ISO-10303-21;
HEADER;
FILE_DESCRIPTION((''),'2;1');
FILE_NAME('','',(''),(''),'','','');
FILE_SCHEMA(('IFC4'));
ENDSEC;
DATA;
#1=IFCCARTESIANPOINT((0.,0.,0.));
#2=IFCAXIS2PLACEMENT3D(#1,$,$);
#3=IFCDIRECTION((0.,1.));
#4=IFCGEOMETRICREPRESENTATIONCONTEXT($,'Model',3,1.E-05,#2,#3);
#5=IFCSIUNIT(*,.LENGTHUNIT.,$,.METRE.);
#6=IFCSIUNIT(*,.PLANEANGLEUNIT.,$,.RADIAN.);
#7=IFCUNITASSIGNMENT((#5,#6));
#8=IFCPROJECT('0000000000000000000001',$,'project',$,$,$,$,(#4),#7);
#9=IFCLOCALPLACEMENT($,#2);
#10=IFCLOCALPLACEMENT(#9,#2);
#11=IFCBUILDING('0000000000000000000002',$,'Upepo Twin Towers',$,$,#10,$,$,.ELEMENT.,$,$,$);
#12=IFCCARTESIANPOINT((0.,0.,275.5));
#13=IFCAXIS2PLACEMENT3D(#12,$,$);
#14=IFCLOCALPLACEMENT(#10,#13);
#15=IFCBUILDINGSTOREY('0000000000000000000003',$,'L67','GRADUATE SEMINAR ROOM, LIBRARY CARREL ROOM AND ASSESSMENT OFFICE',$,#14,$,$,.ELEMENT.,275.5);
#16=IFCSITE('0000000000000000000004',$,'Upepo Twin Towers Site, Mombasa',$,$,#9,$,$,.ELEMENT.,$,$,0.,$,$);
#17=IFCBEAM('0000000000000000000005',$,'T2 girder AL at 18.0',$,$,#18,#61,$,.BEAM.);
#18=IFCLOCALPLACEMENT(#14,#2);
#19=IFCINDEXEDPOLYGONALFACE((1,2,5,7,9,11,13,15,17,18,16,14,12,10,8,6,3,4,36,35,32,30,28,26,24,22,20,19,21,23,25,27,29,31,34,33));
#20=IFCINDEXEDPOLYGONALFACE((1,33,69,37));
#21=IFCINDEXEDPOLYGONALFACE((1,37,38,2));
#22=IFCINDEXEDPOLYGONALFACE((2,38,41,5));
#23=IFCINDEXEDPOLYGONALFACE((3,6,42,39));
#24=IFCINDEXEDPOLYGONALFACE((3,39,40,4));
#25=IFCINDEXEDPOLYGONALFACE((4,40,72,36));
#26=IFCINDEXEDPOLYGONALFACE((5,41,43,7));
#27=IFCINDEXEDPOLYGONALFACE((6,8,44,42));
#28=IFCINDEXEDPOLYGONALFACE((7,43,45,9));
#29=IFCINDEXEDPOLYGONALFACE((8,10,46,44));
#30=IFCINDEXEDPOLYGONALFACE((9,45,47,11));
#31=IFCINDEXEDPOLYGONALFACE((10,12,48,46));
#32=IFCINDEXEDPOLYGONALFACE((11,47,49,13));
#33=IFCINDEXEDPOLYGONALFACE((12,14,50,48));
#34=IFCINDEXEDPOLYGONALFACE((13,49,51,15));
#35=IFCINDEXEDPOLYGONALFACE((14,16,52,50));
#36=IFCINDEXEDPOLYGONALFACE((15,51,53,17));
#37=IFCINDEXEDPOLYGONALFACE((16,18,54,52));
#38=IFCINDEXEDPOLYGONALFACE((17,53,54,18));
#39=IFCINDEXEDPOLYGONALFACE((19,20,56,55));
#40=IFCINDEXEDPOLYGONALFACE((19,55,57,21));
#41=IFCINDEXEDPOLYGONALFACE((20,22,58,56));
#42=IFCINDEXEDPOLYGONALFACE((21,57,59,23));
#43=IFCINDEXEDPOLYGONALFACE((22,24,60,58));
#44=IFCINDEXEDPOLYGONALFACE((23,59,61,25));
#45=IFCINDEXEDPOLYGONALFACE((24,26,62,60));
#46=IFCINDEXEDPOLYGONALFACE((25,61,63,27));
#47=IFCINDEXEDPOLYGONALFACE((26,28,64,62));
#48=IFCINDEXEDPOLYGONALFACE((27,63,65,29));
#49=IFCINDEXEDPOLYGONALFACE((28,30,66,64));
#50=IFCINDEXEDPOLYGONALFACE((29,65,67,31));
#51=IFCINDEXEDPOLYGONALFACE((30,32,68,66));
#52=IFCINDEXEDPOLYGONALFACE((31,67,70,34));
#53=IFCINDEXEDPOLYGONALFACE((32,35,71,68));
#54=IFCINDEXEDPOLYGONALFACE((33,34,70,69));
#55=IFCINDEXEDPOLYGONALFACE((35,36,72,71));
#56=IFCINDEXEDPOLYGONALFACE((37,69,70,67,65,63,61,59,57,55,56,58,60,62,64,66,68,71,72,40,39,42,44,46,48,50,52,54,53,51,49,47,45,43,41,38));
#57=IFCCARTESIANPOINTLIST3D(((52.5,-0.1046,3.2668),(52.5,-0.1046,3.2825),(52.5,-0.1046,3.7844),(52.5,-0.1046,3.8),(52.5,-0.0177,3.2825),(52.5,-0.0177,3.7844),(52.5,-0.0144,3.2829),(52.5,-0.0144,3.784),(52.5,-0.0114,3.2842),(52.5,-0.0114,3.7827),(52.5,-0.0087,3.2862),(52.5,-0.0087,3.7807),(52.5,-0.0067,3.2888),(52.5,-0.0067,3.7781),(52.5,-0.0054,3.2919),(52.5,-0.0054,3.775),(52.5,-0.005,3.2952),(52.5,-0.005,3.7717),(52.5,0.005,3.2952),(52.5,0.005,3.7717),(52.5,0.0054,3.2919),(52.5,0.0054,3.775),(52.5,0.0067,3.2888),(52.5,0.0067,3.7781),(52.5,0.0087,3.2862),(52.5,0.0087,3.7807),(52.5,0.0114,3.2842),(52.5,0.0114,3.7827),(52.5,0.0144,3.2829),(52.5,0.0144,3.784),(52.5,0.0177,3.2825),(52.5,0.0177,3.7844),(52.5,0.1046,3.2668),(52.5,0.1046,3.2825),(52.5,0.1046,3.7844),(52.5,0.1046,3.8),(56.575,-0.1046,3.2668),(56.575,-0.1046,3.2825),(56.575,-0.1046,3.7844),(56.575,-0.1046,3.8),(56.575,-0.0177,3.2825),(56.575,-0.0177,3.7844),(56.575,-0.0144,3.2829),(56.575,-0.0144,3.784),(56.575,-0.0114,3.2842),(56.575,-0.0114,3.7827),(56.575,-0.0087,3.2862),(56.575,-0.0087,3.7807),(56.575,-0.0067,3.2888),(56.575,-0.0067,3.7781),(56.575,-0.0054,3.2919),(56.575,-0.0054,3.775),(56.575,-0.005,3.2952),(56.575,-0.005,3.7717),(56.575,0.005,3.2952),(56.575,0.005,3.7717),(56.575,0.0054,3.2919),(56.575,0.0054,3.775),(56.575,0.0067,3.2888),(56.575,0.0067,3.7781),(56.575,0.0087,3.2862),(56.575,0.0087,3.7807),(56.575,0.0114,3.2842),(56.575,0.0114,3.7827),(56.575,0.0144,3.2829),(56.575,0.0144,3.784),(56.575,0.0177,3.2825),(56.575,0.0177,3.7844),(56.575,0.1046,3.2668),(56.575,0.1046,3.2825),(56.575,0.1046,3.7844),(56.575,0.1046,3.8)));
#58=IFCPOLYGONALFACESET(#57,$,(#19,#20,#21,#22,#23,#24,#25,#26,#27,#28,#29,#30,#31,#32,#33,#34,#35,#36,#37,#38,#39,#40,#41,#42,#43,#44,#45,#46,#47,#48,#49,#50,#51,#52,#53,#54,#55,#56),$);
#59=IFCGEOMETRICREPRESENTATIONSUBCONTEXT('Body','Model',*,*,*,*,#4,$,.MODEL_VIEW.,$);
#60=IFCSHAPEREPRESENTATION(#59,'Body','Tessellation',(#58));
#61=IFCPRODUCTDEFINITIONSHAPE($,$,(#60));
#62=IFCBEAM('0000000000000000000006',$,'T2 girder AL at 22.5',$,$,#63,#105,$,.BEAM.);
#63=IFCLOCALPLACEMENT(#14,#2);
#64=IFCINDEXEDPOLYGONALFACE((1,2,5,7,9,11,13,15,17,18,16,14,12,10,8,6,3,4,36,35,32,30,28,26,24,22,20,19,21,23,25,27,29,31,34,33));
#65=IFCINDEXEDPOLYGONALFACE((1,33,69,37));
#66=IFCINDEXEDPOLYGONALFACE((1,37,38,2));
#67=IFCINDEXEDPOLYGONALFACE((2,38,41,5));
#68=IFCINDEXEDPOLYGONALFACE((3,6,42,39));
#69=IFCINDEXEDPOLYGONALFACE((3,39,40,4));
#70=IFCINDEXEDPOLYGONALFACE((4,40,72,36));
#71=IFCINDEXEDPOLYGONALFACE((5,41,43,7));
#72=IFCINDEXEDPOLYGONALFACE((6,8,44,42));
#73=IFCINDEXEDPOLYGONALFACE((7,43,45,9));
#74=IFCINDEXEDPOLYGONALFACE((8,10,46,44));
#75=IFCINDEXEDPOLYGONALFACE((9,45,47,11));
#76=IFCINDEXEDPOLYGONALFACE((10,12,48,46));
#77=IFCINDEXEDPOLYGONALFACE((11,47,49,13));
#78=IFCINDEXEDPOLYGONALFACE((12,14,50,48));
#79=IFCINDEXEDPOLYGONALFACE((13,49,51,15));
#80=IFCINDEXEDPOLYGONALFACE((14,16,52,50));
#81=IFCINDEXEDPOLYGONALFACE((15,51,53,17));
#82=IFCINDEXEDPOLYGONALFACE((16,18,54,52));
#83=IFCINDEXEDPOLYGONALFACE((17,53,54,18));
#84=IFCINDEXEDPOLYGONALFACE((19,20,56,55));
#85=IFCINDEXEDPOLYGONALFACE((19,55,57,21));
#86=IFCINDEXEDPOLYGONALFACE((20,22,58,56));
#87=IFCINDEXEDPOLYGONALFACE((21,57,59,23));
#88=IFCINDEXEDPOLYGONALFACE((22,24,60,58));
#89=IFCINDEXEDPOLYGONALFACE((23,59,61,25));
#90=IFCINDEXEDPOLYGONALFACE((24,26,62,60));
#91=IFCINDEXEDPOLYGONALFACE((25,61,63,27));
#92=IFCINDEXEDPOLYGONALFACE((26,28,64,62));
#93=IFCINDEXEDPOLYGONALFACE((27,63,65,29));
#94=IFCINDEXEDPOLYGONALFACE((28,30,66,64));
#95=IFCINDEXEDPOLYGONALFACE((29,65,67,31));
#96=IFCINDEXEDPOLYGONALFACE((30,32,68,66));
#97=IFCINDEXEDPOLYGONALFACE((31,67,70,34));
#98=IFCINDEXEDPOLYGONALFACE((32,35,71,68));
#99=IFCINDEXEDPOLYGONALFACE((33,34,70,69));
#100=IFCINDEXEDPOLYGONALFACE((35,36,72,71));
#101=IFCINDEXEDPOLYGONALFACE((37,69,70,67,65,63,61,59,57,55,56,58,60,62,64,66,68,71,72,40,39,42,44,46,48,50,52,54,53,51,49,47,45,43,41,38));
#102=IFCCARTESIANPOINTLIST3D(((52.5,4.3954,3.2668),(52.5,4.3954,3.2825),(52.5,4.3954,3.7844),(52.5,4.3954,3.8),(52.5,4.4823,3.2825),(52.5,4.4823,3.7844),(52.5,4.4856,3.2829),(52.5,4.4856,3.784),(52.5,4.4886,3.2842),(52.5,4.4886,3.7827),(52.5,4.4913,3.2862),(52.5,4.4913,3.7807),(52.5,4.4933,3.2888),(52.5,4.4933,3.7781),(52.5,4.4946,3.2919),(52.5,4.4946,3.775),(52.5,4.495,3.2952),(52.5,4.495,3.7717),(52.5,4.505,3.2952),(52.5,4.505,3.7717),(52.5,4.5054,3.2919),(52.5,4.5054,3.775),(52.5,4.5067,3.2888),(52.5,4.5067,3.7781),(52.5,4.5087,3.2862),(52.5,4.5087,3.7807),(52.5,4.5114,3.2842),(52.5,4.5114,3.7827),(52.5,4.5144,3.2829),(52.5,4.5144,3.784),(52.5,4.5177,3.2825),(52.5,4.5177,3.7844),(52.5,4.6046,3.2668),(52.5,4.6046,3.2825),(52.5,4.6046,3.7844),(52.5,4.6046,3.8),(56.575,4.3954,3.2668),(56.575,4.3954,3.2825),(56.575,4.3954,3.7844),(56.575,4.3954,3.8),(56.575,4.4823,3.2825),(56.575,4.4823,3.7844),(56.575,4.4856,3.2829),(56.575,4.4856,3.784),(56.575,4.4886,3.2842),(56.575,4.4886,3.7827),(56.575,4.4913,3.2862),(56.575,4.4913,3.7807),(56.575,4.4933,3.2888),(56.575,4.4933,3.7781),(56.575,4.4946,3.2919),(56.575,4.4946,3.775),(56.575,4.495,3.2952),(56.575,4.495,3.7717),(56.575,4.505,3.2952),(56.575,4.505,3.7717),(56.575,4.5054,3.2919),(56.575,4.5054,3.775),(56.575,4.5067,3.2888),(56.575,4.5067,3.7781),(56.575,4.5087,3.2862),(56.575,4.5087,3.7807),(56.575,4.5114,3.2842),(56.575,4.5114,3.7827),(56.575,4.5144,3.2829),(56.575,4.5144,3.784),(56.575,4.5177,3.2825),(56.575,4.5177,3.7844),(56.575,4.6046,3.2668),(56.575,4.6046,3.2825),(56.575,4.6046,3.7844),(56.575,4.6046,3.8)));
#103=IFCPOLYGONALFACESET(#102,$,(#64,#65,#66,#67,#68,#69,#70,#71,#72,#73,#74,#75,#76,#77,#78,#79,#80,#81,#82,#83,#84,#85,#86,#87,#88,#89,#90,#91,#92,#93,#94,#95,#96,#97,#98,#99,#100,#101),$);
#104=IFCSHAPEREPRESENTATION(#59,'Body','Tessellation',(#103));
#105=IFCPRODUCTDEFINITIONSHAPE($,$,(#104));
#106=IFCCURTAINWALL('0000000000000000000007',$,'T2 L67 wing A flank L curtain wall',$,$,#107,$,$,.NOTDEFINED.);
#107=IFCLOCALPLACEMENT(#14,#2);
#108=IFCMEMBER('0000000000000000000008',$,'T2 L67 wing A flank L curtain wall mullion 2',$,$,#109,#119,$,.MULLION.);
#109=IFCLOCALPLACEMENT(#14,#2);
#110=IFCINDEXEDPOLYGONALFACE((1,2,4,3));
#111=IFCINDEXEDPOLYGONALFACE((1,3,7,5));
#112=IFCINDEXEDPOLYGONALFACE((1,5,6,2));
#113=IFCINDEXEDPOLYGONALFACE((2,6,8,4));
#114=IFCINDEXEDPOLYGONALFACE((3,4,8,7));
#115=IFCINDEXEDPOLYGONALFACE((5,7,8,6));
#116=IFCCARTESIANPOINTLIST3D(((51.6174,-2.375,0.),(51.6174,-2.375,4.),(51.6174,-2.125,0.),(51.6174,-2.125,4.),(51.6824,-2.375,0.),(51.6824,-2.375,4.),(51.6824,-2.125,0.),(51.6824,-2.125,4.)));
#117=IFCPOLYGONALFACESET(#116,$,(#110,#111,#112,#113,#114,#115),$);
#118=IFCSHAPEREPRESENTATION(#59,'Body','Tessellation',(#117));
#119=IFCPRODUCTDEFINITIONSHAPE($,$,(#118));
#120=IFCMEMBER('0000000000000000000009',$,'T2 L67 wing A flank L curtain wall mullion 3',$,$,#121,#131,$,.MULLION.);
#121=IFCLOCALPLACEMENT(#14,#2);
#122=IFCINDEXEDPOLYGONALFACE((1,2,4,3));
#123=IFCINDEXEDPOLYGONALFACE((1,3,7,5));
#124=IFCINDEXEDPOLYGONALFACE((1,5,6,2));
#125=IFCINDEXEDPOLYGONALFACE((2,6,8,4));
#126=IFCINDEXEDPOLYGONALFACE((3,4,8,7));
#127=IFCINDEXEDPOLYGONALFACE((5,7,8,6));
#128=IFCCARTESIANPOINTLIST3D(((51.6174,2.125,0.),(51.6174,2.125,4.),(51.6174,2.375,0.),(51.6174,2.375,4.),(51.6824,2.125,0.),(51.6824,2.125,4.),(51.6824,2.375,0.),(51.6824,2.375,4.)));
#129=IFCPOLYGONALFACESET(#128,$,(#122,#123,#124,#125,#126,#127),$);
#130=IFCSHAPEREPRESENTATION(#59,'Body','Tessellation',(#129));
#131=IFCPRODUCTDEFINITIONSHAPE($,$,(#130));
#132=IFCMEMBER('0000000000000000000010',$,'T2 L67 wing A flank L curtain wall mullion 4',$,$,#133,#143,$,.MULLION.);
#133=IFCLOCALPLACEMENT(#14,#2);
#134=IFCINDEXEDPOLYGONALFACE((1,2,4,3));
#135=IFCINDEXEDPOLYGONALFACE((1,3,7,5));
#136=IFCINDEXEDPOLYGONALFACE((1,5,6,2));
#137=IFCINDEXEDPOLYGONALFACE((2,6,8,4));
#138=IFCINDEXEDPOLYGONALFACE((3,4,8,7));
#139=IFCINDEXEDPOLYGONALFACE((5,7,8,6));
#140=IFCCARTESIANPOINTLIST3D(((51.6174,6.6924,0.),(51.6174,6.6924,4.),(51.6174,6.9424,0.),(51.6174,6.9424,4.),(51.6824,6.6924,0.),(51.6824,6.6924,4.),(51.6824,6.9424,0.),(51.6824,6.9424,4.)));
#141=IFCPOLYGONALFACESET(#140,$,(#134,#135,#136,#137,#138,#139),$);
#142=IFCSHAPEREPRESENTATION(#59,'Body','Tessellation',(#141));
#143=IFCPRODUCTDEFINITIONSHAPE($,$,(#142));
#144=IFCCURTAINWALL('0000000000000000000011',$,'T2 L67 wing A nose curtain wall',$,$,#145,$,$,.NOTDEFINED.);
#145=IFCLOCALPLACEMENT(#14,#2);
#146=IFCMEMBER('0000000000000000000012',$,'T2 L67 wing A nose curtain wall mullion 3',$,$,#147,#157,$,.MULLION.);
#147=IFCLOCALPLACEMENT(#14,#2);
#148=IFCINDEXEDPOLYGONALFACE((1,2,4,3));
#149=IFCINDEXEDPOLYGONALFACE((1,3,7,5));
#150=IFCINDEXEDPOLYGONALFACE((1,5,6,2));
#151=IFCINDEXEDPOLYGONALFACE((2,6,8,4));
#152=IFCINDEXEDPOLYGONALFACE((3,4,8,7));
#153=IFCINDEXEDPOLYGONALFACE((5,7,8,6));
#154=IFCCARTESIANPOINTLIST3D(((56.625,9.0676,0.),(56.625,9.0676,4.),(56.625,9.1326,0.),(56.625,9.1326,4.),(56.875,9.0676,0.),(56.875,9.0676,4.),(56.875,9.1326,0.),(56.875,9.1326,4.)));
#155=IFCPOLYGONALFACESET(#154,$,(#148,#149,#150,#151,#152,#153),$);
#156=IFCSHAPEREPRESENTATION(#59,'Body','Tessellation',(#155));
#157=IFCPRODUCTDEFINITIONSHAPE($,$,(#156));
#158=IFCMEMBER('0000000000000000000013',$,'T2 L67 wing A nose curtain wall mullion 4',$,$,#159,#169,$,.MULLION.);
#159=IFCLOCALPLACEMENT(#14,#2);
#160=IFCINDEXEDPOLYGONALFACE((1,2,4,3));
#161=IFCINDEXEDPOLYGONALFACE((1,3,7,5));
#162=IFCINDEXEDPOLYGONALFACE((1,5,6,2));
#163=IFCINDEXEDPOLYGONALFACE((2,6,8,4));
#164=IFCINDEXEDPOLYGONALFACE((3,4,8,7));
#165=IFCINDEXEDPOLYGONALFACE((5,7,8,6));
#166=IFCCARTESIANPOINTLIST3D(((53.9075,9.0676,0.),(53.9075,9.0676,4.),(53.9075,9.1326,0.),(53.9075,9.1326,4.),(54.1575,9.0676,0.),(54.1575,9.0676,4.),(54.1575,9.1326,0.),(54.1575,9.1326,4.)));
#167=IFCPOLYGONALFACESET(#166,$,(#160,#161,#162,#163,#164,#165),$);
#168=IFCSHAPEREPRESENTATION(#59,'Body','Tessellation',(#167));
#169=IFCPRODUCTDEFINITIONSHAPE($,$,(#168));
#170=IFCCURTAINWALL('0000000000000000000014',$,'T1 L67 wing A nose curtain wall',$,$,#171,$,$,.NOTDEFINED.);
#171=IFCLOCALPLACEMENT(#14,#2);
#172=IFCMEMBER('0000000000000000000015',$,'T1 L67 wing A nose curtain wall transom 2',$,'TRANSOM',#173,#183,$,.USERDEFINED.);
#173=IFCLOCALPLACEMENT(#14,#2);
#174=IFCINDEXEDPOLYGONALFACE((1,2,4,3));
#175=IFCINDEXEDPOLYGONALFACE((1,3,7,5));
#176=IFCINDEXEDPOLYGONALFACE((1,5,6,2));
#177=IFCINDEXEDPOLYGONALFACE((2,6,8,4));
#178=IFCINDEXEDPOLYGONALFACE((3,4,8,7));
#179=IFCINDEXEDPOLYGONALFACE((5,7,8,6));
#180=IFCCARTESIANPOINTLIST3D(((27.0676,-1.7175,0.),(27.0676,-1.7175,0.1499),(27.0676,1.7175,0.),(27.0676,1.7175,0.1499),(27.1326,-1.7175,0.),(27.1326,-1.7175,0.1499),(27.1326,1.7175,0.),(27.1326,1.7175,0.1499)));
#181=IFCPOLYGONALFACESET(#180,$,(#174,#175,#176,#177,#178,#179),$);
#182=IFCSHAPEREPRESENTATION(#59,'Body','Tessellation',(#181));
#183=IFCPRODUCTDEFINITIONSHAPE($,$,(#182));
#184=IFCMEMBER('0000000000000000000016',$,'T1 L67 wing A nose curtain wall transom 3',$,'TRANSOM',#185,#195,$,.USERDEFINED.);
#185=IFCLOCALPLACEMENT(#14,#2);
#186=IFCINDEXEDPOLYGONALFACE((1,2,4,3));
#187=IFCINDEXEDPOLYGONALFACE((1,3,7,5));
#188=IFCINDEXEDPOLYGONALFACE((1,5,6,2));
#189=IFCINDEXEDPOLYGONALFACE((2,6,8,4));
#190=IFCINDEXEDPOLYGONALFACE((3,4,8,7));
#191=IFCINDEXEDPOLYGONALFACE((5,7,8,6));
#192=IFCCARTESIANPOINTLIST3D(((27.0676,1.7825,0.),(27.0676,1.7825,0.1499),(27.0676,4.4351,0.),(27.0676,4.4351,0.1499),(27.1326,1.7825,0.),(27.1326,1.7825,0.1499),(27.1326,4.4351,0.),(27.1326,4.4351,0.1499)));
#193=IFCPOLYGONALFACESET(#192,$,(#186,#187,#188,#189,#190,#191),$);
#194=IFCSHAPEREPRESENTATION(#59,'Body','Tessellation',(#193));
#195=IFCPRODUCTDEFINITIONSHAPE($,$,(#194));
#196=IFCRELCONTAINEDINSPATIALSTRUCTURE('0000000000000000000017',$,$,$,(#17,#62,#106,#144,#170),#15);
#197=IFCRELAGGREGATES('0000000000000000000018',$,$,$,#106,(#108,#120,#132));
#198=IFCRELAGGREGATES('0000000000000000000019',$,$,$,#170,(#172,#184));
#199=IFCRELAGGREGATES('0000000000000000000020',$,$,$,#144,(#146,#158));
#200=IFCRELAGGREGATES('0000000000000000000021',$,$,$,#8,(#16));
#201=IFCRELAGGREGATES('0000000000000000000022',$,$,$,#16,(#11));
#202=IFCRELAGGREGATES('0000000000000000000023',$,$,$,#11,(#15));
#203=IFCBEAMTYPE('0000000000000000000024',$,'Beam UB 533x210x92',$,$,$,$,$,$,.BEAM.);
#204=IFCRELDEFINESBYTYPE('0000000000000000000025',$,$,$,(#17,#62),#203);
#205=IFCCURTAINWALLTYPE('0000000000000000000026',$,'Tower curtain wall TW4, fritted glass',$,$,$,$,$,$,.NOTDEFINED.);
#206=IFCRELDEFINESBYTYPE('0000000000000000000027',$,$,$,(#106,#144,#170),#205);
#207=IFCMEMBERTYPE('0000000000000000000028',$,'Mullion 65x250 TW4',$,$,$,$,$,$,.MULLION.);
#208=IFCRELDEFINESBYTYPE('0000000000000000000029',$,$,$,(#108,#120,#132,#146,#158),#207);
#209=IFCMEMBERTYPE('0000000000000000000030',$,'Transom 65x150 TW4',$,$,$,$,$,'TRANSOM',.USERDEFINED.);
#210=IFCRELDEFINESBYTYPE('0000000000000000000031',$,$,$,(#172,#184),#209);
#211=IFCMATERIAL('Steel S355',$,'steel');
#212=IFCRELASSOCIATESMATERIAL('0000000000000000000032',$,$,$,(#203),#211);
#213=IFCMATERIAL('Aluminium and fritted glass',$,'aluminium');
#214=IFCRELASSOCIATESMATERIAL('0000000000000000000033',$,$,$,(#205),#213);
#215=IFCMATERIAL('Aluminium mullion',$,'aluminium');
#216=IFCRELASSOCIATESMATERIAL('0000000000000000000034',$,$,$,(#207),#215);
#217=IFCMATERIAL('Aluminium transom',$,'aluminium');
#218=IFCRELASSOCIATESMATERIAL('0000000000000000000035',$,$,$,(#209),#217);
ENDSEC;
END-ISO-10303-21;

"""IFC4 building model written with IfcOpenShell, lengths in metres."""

from ifc_helpers import new_model, si_unit, direction, frame, origin, origin_2d, place, context, subcontext, project, spatial, rectangle, i_section, extrude, material, material_profile, profile_set, type_object, element, aggregate, save


model = new_model("IFC4")

# Units and contexts
model_context = context("Model", 3, precision=1e-05, world=origin(), true_north=direction((0.0, 1.0)))
body_context = subcontext(model_context, "Body", "Model", "MODEL_VIEW")
ifc_project = project(units=[si_unit("LENGTHUNIT", "METRE"), si_unit("PLANEANGLEUNIT", "RADIAN")], contexts=[model_context])

# Site, building, storey
site_placement = place(None, origin())
site = spatial("IfcSite", under=ifc_project, at=site_placement, Name="Upepo Twin Towers Site, Mombasa", CompositionType="ELEMENT", RefElevation=0.0)
building_placement = place(site_placement, origin())
building = spatial("IfcBuilding", under=site, at=building_placement, Name="Upepo Twin Towers", CompositionType="ELEMENT")
storey_placement = place(building_placement, frame((0.0, 0.0, 275.5)))
storey = spatial("IfcBuildingStorey", under=building, at=storey_placement, Name="L67", Description="GRADUATE SEMINAR ROOM, LIBRARY CARREL ROOM AND ASSESSMENT OFFICE", CompositionType="ELEMENT", Elevation=275.5)

# Beams
ifc_material_1 = material(Name="Steel S355", Category="steel")
ifc_material_profile_1 = material_profile(ifc_material_1, i_section(OverallWidth=0.2092, OverallDepth=0.5332, WebThickness=0.01, FlangeThickness=0.0156, FilletRadius=0.0127, at=origin_2d()), Name="UB 533x210x92")
ifc_profile_set_1 = profile_set([ifc_material_profile_1], Name="Steel S355")
beam_type_1 = type_object("IfcBeamType", Name="Beam UB 533x210x92", PredefinedType="BEAM", material=ifc_profile_set_1)
for number, where, z_axis, x_axis, name in (
    (1, (52.5, 0.0, 3.5334), (1.0, 0.0, 0.0), (0.0, 1.0, 0.0), "T2 girder AL at 18.0"),
    (2, (52.5, 4.5, 3.5334), (1.0, 0.0, 0.0), (0.0, 1.0, 0.0), "T2 girder AL at 22.5"),
):
    element("IfcBeam", number, at=place(storey_placement, frame(where, z_axis=z_axis, x_axis=x_axis)), inside=storey, type_object=beam_type_1, Name=name, PredefinedType="BEAM", context=body_context, shape_type="SweptSolid", body=[
        extrude(i_section(OverallWidth=0.2092, OverallDepth=0.5332, WebThickness=0.01, FlangeThickness=0.0156, FilletRadius=0.0127, at=origin_2d()), origin(), (0.0, 0.0, 1.0), 4.075),
    ])

# Curtain walls, members
ifc_material_2 = material(Name="Aluminium and fritted glass", Category="aluminium")
curtain_wall_type = type_object("IfcCurtainWallType", Name="Tower curtain wall TW4, fritted glass", PredefinedType="NOTDEFINED", material=ifc_material_2)
curtain_wall_1_placement = place(storey_placement, origin())
curtain_wall_1 = element("IfcCurtainWall", 3, at=curtain_wall_1_placement, inside=storey, type_object=curtain_wall_type, Name="T2 L67 wing A flank L curtain wall", PredefinedType="NOTDEFINED")
ifc_material_3 = material(Name="Aluminium mullion", Category="aluminium")
ifc_material_profile_2 = material_profile(ifc_material_3, rectangle(XDim=0.0649, YDim=0.25, at=origin_2d()), Name="MULLION 65x250")
ifc_profile_set_2 = profile_set([ifc_material_profile_2], Name="Aluminium mullion")
member_type_1 = type_object("IfcMemberType", Name="Mullion 65x250 TW4", PredefinedType="MULLION", material=ifc_profile_set_2)
member_1_placement = place(storey_placement, frame((51.6499, -2.25, 0.0), z_axis=(0.0, 0.0, 1.0), x_axis=(-1.0, 0.0, 0.0)))
member_1 = element("IfcMember", 4, at=member_1_placement, type_object=member_type_1, Name="T2 L67 wing A flank L curtain wall mullion 2", PredefinedType="MULLION", context=body_context, shape_type="SweptSolid", body=[
    extrude(rectangle(XDim=0.0649, YDim=0.25, at=origin_2d()), origin(), (0.0, 0.0, 1.0), 4.0),
])
member_2_placement = place(storey_placement, frame((51.6499, 2.25, 0.0), z_axis=(0.0, 0.0, 1.0), x_axis=(-1.0, 0.0, 0.0)))
member_2 = element("IfcMember", 5, at=member_2_placement, type_object=member_type_1, Name="T2 L67 wing A flank L curtain wall mullion 3", PredefinedType="MULLION", context=body_context, shape_type="SweptSolid", body=[
    extrude(rectangle(XDim=0.0649, YDim=0.25, at=origin_2d()), origin(), (0.0, 0.0, 1.0), 4.0),
])
member_3_placement = place(storey_placement, frame((51.6499, 6.8174, 0.0), z_axis=(0.0, 0.0, 1.0), x_axis=(-1.0, 0.0, 0.0)))
member_3 = element("IfcMember", 6, at=member_3_placement, type_object=member_type_1, Name="T2 L67 wing A flank L curtain wall mullion 4", PredefinedType="MULLION", context=body_context, shape_type="SweptSolid", body=[
    extrude(rectangle(XDim=0.0649, YDim=0.25, at=origin_2d()), origin(), (0.0, 0.0, 1.0), 4.0),
])
curtain_wall_2_placement = place(storey_placement, origin())
curtain_wall_2 = element("IfcCurtainWall", 7, at=curtain_wall_2_placement, inside=storey, type_object=curtain_wall_type, Name="T2 L67 wing A nose curtain wall", PredefinedType="NOTDEFINED")
member_4_placement = place(storey_placement, frame((56.75, 9.1001, 0.0), z_axis=(0.0, 0.0, 1.0), x_axis=(0.0, -1.0, 0.0)))
member_4 = element("IfcMember", 8, at=member_4_placement, type_object=member_type_1, Name="T2 L67 wing A nose curtain wall mullion 3", PredefinedType="MULLION", context=body_context, shape_type="SweptSolid", body=[
    extrude(rectangle(XDim=0.0649, YDim=0.25, at=origin_2d()), origin(), (0.0, 0.0, 1.0), 4.0),
])
member_5_placement = place(storey_placement, frame((54.0325, 9.1001, 0.0), z_axis=(0.0, 0.0, 1.0), x_axis=(0.0, -1.0, 0.0)))
member_5 = element("IfcMember", 9, at=member_5_placement, type_object=member_type_1, Name="T2 L67 wing A nose curtain wall mullion 4", PredefinedType="MULLION", context=body_context, shape_type="SweptSolid", body=[
    extrude(rectangle(XDim=0.0649, YDim=0.25, at=origin_2d()), origin(), (0.0, 0.0, 1.0), 4.0),
])
curtain_wall_3_placement = place(storey_placement, origin())
curtain_wall_3 = element("IfcCurtainWall", 10, at=curtain_wall_3_placement, inside=storey, type_object=curtain_wall_type, Name="T1 L67 wing A nose curtain wall", PredefinedType="NOTDEFINED")
ifc_material_4 = material(Name="Aluminium transom", Category="aluminium")
ifc_material_profile_3 = material_profile(ifc_material_4, rectangle(XDim=0.0649, YDim=0.1499, at=origin_2d()), Name="TRANSOM 65x150")
ifc_profile_set_3 = profile_set([ifc_material_profile_3], Name="Aluminium transom")
member_type_2 = type_object("IfcMemberType", Name="Transom 65x150 TW4", ElementType="TRANSOM", PredefinedType="USERDEFINED", material=ifc_profile_set_3)
member_6_placement = place(storey_placement, frame((27.1001, -1.7175, 0.075), z_axis=(0.0, 1.0, 0.0), x_axis=(-1.0, 0.0, 0.0)))
member_6 = element("IfcMember", 11, at=member_6_placement, type_object=member_type_2, Name="T1 L67 wing A nose curtain wall transom 2", ObjectType="TRANSOM", PredefinedType="USERDEFINED", context=body_context, shape_type="SweptSolid", body=[
    extrude(rectangle(XDim=0.0649, YDim=0.1499, at=origin_2d()), origin(), (0.0, 0.0, 1.0), 3.4351),
])
member_7_placement = place(storey_placement, frame((27.1001, 1.7825, 0.075), z_axis=(0.0, 1.0, 0.0), x_axis=(-1.0, 0.0, 0.0)))
member_7 = element("IfcMember", 12, at=member_7_placement, type_object=member_type_2, Name="T1 L67 wing A nose curtain wall transom 3", ObjectType="TRANSOM", PredefinedType="USERDEFINED", context=body_context, shape_type="SweptSolid", body=[
    extrude(rectangle(XDim=0.0649, YDim=0.1499, at=origin_2d()), origin(), (0.0, 0.0, 1.0), 2.6526),
])

aggregate(curtain_wall_1, [member_1, member_2, member_3])
aggregate(curtain_wall_3, [member_6, member_7])
aggregate(curtain_wall_2, [member_4, member_5])

save(model, "model.ifc")
